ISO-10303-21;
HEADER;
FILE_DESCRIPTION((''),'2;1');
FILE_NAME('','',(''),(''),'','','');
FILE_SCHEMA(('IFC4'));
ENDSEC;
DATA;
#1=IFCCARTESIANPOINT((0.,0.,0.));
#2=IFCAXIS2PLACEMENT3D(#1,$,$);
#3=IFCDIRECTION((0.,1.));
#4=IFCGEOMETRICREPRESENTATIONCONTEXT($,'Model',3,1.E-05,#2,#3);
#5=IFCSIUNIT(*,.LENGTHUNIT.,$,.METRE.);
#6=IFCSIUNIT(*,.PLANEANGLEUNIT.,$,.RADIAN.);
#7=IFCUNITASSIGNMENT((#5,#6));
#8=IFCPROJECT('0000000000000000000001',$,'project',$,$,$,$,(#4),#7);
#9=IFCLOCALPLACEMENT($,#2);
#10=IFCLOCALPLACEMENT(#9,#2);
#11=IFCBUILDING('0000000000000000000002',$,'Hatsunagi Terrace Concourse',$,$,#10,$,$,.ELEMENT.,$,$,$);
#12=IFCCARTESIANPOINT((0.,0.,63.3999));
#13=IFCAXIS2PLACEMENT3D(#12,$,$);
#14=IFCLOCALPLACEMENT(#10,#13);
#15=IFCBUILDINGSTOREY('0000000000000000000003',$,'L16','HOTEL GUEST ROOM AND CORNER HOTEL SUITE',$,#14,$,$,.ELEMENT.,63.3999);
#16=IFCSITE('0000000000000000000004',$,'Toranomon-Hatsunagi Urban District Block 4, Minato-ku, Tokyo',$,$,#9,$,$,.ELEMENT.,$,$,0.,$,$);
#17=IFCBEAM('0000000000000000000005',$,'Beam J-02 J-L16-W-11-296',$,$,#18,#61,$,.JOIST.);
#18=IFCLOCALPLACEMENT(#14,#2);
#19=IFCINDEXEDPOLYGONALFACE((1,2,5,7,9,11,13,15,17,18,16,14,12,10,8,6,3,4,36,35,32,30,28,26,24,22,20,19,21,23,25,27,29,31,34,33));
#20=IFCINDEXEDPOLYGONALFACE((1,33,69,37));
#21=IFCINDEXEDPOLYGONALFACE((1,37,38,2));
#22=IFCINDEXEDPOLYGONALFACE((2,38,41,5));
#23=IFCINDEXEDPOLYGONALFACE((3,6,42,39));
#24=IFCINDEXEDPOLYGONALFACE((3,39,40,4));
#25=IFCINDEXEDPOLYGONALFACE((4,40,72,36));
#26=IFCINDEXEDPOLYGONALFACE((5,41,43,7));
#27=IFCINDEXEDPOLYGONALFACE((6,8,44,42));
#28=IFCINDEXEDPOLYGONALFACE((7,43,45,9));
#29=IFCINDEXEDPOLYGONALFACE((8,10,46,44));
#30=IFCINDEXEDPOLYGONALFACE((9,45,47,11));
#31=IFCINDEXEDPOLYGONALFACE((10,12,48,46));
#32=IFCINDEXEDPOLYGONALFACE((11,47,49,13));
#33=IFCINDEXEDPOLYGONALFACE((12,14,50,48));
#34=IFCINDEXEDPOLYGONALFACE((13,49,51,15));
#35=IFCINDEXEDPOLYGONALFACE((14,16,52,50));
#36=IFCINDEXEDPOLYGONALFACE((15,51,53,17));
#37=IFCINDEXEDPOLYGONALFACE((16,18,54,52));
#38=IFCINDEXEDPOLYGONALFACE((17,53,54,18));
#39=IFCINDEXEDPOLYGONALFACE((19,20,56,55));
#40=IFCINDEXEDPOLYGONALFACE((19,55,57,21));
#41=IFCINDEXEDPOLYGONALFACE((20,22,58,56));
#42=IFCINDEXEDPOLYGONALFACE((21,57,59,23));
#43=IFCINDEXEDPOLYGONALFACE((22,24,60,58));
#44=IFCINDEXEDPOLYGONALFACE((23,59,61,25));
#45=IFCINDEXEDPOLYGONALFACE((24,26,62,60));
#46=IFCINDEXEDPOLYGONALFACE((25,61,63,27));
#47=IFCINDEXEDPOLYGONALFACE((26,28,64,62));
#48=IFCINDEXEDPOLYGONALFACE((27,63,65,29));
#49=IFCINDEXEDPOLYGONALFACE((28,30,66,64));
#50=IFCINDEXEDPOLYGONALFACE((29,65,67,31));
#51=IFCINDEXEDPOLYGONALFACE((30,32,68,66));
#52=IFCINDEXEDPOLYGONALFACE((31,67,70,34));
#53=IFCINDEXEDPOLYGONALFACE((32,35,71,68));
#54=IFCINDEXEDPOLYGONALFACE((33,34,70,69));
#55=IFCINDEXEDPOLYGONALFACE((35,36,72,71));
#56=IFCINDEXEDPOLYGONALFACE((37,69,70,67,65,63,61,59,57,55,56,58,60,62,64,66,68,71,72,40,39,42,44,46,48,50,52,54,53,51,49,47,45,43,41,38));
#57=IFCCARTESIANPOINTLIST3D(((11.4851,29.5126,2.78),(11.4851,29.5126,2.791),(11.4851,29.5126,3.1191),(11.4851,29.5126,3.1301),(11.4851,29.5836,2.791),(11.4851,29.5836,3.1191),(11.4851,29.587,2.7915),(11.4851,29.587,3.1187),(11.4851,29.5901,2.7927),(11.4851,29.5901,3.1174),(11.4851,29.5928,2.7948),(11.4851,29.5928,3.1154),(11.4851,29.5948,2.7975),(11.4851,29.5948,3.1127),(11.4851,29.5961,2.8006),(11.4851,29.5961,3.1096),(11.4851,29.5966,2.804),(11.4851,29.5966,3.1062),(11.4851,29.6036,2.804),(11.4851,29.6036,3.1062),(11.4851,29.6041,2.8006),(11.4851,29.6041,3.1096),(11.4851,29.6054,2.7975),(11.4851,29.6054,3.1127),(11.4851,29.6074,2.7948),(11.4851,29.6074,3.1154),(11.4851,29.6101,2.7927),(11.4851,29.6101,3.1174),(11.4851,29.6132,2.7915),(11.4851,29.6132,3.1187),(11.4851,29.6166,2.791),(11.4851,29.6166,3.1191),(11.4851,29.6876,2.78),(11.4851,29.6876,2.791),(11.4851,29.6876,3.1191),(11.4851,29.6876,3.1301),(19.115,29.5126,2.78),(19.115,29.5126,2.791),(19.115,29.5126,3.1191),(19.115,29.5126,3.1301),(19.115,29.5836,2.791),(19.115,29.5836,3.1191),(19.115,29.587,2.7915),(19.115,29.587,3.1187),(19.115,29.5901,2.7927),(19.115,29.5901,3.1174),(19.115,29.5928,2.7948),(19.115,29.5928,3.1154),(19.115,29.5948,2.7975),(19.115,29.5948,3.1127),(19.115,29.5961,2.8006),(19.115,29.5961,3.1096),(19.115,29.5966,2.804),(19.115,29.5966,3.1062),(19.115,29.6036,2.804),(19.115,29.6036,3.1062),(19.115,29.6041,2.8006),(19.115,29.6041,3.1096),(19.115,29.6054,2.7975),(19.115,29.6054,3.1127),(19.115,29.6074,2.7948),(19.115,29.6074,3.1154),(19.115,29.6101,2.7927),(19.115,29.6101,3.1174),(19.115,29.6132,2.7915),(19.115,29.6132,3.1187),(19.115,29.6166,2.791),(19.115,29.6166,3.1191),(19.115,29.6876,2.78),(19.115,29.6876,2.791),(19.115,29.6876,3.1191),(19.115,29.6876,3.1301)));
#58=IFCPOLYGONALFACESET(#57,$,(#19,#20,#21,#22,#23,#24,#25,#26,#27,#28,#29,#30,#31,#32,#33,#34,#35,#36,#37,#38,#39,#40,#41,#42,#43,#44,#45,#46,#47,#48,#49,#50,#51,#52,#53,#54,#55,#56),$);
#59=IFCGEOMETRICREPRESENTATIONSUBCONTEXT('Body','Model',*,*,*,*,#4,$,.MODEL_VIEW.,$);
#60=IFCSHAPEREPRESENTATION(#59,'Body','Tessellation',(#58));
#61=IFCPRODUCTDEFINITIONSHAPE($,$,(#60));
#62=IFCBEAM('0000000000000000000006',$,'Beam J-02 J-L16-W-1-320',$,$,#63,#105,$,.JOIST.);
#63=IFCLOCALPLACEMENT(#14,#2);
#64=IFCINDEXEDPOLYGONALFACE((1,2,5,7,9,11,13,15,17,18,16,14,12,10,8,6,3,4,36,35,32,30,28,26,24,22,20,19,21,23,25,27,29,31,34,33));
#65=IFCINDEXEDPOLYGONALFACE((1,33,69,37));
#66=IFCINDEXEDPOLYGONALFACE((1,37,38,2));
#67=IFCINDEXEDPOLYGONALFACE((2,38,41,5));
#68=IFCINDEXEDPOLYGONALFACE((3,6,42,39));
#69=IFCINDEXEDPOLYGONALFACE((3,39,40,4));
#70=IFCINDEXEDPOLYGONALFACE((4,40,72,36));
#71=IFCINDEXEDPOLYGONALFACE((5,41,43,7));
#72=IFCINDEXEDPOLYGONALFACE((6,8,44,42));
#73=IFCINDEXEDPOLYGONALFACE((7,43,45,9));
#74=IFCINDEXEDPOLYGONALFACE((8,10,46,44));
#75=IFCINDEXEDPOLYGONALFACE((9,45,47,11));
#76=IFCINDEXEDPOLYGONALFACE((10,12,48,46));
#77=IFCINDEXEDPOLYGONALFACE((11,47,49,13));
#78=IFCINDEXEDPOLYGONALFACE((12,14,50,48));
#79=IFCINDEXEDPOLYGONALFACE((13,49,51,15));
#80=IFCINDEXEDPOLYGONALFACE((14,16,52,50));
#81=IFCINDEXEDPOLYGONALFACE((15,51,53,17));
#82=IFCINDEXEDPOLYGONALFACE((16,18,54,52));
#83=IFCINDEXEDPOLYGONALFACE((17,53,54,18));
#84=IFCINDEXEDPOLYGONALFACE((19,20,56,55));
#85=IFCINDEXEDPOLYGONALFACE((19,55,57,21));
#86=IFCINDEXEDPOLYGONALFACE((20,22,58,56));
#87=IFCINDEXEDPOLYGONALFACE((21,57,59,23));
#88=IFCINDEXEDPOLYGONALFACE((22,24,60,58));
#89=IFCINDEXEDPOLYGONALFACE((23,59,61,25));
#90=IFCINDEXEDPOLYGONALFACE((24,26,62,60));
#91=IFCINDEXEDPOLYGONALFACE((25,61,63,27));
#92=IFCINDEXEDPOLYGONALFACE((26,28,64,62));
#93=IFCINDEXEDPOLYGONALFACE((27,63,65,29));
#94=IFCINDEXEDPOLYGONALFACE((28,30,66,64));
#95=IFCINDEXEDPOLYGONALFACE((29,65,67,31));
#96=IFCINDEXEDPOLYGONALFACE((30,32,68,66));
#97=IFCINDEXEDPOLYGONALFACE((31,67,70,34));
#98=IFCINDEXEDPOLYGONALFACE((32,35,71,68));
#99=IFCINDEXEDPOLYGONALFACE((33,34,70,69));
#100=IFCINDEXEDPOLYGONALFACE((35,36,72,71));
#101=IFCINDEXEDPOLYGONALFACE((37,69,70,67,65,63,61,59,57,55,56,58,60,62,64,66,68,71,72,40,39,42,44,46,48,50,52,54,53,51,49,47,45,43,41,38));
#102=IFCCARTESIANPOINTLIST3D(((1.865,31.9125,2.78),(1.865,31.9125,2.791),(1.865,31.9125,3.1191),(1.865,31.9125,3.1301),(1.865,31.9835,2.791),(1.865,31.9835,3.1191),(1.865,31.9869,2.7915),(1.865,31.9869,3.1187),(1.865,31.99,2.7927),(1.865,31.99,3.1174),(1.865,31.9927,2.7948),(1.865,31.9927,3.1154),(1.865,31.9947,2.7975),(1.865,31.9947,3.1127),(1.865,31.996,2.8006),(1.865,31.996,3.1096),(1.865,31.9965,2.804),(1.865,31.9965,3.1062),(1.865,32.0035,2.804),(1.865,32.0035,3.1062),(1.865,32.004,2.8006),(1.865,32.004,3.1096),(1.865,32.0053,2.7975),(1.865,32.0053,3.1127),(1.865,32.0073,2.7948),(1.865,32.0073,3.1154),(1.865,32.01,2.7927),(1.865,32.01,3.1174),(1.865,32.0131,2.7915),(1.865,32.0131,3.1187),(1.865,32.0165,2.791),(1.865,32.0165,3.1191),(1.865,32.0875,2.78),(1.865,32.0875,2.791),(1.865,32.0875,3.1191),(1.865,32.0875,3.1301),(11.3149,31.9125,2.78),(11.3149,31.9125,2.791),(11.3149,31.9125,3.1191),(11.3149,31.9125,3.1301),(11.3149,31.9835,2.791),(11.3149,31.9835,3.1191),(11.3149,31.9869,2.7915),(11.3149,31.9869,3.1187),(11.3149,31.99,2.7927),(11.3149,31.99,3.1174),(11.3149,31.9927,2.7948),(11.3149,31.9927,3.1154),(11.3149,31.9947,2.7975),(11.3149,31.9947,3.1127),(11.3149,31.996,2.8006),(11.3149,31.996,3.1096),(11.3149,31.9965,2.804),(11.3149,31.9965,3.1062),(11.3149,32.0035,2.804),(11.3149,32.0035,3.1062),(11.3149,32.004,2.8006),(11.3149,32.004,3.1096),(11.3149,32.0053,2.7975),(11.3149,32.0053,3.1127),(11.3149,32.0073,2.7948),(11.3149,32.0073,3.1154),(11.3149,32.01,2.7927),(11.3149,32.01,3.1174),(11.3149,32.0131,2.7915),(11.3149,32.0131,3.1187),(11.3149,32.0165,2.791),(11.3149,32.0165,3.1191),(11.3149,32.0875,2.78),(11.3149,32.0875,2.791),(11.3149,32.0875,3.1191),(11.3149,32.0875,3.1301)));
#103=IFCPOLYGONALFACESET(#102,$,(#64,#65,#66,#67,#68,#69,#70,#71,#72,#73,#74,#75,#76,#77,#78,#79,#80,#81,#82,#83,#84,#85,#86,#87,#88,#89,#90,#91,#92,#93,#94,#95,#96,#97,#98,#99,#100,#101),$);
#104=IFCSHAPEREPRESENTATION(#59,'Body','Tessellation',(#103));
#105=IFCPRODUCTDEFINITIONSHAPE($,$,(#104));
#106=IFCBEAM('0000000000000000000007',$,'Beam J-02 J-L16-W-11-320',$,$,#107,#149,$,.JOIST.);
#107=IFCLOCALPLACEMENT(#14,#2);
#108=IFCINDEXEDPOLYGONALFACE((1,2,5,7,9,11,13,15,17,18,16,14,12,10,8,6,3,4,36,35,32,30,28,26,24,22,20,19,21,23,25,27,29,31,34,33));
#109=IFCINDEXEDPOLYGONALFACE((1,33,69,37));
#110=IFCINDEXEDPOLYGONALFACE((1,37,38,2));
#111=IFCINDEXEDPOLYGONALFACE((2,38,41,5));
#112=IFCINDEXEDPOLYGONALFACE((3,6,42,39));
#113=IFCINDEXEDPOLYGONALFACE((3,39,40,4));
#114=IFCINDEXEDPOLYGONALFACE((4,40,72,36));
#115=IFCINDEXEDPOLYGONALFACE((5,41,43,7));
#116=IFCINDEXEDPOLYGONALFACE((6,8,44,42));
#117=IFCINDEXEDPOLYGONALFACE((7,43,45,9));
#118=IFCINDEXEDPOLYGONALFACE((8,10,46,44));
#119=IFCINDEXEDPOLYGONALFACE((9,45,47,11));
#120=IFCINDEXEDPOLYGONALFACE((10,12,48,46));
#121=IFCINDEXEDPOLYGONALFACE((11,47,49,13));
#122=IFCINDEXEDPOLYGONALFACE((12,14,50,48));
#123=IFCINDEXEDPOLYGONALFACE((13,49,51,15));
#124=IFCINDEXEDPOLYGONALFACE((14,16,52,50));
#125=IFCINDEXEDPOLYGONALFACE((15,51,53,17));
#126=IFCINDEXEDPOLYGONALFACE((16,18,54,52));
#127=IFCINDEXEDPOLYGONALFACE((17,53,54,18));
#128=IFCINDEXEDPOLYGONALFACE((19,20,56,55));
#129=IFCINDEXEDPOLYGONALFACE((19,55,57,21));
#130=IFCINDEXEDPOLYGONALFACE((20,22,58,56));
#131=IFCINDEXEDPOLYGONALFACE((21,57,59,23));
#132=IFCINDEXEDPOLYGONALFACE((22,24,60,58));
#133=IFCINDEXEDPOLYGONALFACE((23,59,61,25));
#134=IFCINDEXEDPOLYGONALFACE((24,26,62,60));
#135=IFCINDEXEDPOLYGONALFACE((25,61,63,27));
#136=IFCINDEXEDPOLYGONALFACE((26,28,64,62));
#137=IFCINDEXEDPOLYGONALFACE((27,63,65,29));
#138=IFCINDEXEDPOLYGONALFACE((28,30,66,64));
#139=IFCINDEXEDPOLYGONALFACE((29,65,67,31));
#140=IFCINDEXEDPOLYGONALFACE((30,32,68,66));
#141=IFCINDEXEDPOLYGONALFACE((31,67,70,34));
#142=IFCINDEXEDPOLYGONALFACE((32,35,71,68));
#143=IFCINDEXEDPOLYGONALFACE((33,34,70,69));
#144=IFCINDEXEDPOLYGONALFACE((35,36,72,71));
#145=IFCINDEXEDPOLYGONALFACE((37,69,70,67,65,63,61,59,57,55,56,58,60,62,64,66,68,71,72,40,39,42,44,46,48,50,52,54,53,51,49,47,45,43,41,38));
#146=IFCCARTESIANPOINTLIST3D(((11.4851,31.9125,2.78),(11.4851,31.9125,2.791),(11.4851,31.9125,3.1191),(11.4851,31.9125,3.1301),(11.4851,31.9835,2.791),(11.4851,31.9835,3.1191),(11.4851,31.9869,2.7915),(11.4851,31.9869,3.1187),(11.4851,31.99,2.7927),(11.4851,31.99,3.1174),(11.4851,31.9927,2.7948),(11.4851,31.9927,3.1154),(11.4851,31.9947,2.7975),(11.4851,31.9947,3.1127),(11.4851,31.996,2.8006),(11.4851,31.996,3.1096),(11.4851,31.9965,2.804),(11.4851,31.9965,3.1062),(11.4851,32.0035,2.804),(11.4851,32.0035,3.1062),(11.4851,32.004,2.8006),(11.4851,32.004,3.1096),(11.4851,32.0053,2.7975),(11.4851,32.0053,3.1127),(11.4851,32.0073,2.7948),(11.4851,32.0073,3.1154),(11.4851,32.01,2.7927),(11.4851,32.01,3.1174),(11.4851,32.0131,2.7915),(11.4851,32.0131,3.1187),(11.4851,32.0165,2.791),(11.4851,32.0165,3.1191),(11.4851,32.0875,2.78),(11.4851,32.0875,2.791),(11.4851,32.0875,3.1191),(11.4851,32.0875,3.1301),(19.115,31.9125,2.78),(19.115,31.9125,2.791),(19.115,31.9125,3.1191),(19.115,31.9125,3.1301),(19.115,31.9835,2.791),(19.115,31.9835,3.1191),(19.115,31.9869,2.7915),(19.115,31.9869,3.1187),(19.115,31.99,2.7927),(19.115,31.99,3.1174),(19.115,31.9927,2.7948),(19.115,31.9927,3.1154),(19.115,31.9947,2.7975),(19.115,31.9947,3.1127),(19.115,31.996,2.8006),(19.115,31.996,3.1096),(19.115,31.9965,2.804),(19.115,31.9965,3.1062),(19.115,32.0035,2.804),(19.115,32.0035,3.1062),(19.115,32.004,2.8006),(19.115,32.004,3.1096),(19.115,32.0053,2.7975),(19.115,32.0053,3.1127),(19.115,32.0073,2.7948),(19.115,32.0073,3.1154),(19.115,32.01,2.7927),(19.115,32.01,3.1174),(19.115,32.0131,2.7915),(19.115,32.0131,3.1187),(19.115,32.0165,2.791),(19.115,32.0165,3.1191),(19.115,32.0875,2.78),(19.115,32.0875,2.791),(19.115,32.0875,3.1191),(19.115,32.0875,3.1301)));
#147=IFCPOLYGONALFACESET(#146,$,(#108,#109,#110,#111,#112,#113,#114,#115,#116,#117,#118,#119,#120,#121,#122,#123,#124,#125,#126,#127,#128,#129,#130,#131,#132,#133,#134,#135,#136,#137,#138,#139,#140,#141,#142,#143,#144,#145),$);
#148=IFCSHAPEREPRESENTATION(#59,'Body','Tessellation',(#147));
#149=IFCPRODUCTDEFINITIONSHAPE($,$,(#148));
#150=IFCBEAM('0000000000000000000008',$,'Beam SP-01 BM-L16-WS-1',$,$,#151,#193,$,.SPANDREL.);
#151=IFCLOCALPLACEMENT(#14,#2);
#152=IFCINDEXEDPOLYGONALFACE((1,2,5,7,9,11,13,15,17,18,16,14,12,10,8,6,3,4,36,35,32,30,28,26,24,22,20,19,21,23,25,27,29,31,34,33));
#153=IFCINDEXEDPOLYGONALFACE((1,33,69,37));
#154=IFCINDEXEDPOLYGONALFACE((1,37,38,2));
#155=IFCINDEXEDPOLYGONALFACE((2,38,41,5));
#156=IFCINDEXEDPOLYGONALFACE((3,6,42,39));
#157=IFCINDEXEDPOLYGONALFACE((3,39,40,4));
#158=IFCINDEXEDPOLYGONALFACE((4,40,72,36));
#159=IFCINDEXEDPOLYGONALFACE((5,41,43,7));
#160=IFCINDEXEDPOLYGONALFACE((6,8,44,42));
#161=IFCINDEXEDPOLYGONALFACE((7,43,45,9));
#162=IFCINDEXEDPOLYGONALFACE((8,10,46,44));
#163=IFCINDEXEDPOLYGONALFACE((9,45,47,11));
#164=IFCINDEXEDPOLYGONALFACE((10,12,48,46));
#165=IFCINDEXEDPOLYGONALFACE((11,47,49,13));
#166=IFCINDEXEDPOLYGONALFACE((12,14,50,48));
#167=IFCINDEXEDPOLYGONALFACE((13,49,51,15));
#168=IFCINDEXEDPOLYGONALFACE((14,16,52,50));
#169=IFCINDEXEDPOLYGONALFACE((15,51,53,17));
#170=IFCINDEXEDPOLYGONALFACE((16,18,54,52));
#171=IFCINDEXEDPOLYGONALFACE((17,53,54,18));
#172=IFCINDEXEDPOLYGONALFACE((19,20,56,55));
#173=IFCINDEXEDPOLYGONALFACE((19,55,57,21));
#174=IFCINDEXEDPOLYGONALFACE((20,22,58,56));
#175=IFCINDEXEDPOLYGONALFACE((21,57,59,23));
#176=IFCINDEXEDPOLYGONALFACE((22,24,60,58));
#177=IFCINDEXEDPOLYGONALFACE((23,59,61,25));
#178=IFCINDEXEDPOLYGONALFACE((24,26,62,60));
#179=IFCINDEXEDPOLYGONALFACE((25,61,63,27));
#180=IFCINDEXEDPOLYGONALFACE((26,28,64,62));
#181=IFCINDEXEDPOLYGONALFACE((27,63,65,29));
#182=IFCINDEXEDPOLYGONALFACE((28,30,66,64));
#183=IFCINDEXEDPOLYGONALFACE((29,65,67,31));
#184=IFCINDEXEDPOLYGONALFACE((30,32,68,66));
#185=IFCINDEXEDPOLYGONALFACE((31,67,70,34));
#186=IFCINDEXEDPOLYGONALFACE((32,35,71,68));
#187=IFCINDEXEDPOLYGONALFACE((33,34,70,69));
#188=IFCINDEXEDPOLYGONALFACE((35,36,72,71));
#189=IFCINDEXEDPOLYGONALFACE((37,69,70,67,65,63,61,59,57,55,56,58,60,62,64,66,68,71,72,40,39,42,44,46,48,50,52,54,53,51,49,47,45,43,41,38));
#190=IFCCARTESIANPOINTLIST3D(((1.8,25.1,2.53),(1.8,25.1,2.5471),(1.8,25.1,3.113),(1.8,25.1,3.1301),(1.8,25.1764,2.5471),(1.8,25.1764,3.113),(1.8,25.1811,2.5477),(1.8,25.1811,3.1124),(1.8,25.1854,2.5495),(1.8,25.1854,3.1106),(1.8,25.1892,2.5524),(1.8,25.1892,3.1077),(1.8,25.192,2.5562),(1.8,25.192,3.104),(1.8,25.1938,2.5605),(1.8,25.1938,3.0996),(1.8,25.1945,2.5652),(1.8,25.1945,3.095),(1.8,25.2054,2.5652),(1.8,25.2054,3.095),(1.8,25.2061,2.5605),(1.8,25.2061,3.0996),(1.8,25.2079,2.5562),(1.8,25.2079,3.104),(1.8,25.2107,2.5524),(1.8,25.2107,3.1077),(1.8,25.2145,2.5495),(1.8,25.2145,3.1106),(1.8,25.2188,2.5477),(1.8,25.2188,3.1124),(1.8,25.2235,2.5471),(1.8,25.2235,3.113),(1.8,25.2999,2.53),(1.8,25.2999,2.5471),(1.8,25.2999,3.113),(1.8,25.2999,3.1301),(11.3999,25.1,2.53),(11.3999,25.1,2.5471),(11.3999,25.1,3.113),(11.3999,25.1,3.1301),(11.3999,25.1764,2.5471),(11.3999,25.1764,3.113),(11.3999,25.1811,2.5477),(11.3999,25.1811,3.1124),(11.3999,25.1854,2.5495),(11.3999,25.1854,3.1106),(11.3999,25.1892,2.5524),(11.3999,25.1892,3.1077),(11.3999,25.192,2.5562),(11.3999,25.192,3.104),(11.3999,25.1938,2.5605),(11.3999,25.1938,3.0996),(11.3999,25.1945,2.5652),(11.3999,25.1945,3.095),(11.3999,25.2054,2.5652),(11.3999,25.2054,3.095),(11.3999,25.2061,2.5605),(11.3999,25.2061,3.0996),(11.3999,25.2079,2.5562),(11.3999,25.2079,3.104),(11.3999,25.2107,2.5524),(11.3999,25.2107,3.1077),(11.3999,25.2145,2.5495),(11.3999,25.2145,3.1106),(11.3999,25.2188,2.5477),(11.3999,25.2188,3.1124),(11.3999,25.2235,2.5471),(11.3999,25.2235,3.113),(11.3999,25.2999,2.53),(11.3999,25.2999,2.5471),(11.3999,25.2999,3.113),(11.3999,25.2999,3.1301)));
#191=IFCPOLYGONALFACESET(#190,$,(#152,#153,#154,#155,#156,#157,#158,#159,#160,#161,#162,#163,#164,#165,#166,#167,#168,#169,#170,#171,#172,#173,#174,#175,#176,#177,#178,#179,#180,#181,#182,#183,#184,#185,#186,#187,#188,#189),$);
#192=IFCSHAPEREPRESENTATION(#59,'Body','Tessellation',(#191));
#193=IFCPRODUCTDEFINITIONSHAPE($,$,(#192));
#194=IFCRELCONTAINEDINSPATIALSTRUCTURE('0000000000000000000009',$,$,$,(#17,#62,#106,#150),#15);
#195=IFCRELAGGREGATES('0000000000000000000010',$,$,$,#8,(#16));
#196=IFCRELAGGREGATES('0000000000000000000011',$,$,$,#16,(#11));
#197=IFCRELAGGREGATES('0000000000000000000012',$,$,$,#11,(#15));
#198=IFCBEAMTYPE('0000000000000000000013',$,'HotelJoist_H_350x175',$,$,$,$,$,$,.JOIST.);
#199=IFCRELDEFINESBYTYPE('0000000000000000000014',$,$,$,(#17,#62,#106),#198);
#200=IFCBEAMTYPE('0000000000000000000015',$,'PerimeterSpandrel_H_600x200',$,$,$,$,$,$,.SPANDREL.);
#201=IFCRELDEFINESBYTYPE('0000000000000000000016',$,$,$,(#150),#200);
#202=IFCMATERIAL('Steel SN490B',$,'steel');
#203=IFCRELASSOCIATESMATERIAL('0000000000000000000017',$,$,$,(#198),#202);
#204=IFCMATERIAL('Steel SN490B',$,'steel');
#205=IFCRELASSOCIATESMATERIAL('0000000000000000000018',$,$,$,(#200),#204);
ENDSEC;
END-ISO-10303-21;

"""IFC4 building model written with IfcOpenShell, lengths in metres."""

from ifc_helpers import new_model, si_unit, direction, frame, origin, origin_2d, place, context, subcontext, project, spatial, i_section, extrude, material, material_profile, profile_set, type_object, element, save


model = new_model("IFC4")

# Units and contexts
model_context = context("Model", 3, precision=1e-05, world=origin(), true_north=direction((0.0, 1.0)))
body_context = subcontext(model_context, "Body", "Model", "MODEL_VIEW")
ifc_project = project(units=[si_unit("LENGTHUNIT", "METRE"), si_unit("PLANEANGLEUNIT", "RADIAN")], contexts=[model_context])

# Site, building, storey
site_placement = place(None, origin())
site = spatial("IfcSite", under=ifc_project, at=site_placement, Name="Toranomon-Hatsunagi Urban District Block 4, Minato-ku, Tokyo", CompositionType="ELEMENT", RefElevation=0.0)
building_placement = place(site_placement, origin())
building = spatial("IfcBuilding", under=site, at=building_placement, Name="Hatsunagi Terrace Concourse", CompositionType="ELEMENT")
storey_placement = place(building_placement, frame((0.0, 0.0, 63.3999)))
storey = spatial("IfcBuildingStorey", under=building, at=storey_placement, Name="L16", Description="HOTEL GUEST ROOM AND CORNER HOTEL SUITE", CompositionType="ELEMENT", Elevation=63.3999)

# Beams
ifc_material_1 = material(Name="Steel SN490B", Category="steel")
ifc_material_profile_1 = material_profile(ifc_material_1, i_section(OverallWidth=0.175, OverallDepth=0.3501, WebThickness=0.0071, FlangeThickness=0.011, FilletRadius=0.0129, at=origin_2d()), Name="H-350x175x7x11")
ifc_profile_set_1 = profile_set([ifc_material_profile_1], Name="Steel SN490B")
beam_type_1 = type_object("IfcBeamType", Name="HotelJoist_H_350x175", PredefinedType="JOIST", material=ifc_profile_set_1)
beam_1_placement = place(storey_placement, frame((11.4851, 29.6001, 2.9551), z_axis=(1.0, 0.0, 0.0), x_axis=(0.0, 1.0, 0.0)))
element("IfcBeam", 1, at=beam_1_placement, inside=storey, type_object=beam_type_1, Name="Beam J-02 J-L16-W-11-296", PredefinedType="JOIST", context=body_context, shape_type="SweptSolid", body=[
    extrude(i_section(OverallWidth=0.175, OverallDepth=0.3501, WebThickness=0.0071, FlangeThickness=0.011, FilletRadius=0.0129, at=origin_2d()), origin(), (0.0, 0.0, 1.0), 7.6299),
])
beam_2_placement = place(storey_placement, frame((1.865, 32.0, 2.9551), z_axis=(1.0, 0.0, 0.0), x_axis=(0.0, 1.0, 0.0)))
element("IfcBeam", 2, at=beam_2_placement, inside=storey, type_object=beam_type_1, Name="Beam J-02 J-L16-W-1-320", PredefinedType="JOIST", context=body_context, shape_type="SweptSolid", body=[
    extrude(i_section(OverallWidth=0.175, OverallDepth=0.3501, WebThickness=0.0071, FlangeThickness=0.011, FilletRadius=0.0129, at=origin_2d()), origin(), (0.0, 0.0, 1.0), 9.45),
])
beam_3_placement = place(storey_placement, frame((11.4851, 32.0, 2.9551), z_axis=(1.0, 0.0, 0.0), x_axis=(0.0, 1.0, 0.0)))
element("IfcBeam", 3, at=beam_3_placement, inside=storey, type_object=beam_type_1, Name="Beam J-02 J-L16-W-11-320", PredefinedType="JOIST", context=body_context, shape_type="SweptSolid", body=[
    extrude(i_section(OverallWidth=0.175, OverallDepth=0.3501, WebThickness=0.0071, FlangeThickness=0.011, FilletRadius=0.0129, at=origin_2d()), origin(), (0.0, 0.0, 1.0), 7.6299),
])
ifc_material_2 = material(Name="Steel SN490B", Category="steel")
ifc_material_profile_2 = material_profile(ifc_material_2, i_section(OverallWidth=0.2, OverallDepth=0.6001, WebThickness=0.011, FlangeThickness=0.0171, FilletRadius=0.0181, at=origin_2d()), Name="H-600x200x11x17")
ifc_profile_set_2 = profile_set([ifc_material_profile_2], Name="Steel SN490B")
beam_type_2 = type_object("IfcBeamType", Name="PerimeterSpandrel_H_600x200", PredefinedType="SPANDREL", material=ifc_profile_set_2)
beam_4_placement = place(storey_placement, frame((1.8, 25.2, 2.8301), z_axis=(1.0, 0.0, 0.0), x_axis=(0.0, 1.0, 0.0)))
element("IfcBeam", 4, at=beam_4_placement, inside=storey, type_object=beam_type_2, Name="Beam SP-01 BM-L16-WS-1", PredefinedType="SPANDREL", context=body_context, shape_type="SweptSolid", body=[
    extrude(i_section(OverallWidth=0.2, OverallDepth=0.6001, WebThickness=0.011, FlangeThickness=0.0171, FilletRadius=0.0181, at=origin_2d()), origin(), (0.0, 0.0, 1.0), 9.5999),
])

save(model, "model.ifc")
